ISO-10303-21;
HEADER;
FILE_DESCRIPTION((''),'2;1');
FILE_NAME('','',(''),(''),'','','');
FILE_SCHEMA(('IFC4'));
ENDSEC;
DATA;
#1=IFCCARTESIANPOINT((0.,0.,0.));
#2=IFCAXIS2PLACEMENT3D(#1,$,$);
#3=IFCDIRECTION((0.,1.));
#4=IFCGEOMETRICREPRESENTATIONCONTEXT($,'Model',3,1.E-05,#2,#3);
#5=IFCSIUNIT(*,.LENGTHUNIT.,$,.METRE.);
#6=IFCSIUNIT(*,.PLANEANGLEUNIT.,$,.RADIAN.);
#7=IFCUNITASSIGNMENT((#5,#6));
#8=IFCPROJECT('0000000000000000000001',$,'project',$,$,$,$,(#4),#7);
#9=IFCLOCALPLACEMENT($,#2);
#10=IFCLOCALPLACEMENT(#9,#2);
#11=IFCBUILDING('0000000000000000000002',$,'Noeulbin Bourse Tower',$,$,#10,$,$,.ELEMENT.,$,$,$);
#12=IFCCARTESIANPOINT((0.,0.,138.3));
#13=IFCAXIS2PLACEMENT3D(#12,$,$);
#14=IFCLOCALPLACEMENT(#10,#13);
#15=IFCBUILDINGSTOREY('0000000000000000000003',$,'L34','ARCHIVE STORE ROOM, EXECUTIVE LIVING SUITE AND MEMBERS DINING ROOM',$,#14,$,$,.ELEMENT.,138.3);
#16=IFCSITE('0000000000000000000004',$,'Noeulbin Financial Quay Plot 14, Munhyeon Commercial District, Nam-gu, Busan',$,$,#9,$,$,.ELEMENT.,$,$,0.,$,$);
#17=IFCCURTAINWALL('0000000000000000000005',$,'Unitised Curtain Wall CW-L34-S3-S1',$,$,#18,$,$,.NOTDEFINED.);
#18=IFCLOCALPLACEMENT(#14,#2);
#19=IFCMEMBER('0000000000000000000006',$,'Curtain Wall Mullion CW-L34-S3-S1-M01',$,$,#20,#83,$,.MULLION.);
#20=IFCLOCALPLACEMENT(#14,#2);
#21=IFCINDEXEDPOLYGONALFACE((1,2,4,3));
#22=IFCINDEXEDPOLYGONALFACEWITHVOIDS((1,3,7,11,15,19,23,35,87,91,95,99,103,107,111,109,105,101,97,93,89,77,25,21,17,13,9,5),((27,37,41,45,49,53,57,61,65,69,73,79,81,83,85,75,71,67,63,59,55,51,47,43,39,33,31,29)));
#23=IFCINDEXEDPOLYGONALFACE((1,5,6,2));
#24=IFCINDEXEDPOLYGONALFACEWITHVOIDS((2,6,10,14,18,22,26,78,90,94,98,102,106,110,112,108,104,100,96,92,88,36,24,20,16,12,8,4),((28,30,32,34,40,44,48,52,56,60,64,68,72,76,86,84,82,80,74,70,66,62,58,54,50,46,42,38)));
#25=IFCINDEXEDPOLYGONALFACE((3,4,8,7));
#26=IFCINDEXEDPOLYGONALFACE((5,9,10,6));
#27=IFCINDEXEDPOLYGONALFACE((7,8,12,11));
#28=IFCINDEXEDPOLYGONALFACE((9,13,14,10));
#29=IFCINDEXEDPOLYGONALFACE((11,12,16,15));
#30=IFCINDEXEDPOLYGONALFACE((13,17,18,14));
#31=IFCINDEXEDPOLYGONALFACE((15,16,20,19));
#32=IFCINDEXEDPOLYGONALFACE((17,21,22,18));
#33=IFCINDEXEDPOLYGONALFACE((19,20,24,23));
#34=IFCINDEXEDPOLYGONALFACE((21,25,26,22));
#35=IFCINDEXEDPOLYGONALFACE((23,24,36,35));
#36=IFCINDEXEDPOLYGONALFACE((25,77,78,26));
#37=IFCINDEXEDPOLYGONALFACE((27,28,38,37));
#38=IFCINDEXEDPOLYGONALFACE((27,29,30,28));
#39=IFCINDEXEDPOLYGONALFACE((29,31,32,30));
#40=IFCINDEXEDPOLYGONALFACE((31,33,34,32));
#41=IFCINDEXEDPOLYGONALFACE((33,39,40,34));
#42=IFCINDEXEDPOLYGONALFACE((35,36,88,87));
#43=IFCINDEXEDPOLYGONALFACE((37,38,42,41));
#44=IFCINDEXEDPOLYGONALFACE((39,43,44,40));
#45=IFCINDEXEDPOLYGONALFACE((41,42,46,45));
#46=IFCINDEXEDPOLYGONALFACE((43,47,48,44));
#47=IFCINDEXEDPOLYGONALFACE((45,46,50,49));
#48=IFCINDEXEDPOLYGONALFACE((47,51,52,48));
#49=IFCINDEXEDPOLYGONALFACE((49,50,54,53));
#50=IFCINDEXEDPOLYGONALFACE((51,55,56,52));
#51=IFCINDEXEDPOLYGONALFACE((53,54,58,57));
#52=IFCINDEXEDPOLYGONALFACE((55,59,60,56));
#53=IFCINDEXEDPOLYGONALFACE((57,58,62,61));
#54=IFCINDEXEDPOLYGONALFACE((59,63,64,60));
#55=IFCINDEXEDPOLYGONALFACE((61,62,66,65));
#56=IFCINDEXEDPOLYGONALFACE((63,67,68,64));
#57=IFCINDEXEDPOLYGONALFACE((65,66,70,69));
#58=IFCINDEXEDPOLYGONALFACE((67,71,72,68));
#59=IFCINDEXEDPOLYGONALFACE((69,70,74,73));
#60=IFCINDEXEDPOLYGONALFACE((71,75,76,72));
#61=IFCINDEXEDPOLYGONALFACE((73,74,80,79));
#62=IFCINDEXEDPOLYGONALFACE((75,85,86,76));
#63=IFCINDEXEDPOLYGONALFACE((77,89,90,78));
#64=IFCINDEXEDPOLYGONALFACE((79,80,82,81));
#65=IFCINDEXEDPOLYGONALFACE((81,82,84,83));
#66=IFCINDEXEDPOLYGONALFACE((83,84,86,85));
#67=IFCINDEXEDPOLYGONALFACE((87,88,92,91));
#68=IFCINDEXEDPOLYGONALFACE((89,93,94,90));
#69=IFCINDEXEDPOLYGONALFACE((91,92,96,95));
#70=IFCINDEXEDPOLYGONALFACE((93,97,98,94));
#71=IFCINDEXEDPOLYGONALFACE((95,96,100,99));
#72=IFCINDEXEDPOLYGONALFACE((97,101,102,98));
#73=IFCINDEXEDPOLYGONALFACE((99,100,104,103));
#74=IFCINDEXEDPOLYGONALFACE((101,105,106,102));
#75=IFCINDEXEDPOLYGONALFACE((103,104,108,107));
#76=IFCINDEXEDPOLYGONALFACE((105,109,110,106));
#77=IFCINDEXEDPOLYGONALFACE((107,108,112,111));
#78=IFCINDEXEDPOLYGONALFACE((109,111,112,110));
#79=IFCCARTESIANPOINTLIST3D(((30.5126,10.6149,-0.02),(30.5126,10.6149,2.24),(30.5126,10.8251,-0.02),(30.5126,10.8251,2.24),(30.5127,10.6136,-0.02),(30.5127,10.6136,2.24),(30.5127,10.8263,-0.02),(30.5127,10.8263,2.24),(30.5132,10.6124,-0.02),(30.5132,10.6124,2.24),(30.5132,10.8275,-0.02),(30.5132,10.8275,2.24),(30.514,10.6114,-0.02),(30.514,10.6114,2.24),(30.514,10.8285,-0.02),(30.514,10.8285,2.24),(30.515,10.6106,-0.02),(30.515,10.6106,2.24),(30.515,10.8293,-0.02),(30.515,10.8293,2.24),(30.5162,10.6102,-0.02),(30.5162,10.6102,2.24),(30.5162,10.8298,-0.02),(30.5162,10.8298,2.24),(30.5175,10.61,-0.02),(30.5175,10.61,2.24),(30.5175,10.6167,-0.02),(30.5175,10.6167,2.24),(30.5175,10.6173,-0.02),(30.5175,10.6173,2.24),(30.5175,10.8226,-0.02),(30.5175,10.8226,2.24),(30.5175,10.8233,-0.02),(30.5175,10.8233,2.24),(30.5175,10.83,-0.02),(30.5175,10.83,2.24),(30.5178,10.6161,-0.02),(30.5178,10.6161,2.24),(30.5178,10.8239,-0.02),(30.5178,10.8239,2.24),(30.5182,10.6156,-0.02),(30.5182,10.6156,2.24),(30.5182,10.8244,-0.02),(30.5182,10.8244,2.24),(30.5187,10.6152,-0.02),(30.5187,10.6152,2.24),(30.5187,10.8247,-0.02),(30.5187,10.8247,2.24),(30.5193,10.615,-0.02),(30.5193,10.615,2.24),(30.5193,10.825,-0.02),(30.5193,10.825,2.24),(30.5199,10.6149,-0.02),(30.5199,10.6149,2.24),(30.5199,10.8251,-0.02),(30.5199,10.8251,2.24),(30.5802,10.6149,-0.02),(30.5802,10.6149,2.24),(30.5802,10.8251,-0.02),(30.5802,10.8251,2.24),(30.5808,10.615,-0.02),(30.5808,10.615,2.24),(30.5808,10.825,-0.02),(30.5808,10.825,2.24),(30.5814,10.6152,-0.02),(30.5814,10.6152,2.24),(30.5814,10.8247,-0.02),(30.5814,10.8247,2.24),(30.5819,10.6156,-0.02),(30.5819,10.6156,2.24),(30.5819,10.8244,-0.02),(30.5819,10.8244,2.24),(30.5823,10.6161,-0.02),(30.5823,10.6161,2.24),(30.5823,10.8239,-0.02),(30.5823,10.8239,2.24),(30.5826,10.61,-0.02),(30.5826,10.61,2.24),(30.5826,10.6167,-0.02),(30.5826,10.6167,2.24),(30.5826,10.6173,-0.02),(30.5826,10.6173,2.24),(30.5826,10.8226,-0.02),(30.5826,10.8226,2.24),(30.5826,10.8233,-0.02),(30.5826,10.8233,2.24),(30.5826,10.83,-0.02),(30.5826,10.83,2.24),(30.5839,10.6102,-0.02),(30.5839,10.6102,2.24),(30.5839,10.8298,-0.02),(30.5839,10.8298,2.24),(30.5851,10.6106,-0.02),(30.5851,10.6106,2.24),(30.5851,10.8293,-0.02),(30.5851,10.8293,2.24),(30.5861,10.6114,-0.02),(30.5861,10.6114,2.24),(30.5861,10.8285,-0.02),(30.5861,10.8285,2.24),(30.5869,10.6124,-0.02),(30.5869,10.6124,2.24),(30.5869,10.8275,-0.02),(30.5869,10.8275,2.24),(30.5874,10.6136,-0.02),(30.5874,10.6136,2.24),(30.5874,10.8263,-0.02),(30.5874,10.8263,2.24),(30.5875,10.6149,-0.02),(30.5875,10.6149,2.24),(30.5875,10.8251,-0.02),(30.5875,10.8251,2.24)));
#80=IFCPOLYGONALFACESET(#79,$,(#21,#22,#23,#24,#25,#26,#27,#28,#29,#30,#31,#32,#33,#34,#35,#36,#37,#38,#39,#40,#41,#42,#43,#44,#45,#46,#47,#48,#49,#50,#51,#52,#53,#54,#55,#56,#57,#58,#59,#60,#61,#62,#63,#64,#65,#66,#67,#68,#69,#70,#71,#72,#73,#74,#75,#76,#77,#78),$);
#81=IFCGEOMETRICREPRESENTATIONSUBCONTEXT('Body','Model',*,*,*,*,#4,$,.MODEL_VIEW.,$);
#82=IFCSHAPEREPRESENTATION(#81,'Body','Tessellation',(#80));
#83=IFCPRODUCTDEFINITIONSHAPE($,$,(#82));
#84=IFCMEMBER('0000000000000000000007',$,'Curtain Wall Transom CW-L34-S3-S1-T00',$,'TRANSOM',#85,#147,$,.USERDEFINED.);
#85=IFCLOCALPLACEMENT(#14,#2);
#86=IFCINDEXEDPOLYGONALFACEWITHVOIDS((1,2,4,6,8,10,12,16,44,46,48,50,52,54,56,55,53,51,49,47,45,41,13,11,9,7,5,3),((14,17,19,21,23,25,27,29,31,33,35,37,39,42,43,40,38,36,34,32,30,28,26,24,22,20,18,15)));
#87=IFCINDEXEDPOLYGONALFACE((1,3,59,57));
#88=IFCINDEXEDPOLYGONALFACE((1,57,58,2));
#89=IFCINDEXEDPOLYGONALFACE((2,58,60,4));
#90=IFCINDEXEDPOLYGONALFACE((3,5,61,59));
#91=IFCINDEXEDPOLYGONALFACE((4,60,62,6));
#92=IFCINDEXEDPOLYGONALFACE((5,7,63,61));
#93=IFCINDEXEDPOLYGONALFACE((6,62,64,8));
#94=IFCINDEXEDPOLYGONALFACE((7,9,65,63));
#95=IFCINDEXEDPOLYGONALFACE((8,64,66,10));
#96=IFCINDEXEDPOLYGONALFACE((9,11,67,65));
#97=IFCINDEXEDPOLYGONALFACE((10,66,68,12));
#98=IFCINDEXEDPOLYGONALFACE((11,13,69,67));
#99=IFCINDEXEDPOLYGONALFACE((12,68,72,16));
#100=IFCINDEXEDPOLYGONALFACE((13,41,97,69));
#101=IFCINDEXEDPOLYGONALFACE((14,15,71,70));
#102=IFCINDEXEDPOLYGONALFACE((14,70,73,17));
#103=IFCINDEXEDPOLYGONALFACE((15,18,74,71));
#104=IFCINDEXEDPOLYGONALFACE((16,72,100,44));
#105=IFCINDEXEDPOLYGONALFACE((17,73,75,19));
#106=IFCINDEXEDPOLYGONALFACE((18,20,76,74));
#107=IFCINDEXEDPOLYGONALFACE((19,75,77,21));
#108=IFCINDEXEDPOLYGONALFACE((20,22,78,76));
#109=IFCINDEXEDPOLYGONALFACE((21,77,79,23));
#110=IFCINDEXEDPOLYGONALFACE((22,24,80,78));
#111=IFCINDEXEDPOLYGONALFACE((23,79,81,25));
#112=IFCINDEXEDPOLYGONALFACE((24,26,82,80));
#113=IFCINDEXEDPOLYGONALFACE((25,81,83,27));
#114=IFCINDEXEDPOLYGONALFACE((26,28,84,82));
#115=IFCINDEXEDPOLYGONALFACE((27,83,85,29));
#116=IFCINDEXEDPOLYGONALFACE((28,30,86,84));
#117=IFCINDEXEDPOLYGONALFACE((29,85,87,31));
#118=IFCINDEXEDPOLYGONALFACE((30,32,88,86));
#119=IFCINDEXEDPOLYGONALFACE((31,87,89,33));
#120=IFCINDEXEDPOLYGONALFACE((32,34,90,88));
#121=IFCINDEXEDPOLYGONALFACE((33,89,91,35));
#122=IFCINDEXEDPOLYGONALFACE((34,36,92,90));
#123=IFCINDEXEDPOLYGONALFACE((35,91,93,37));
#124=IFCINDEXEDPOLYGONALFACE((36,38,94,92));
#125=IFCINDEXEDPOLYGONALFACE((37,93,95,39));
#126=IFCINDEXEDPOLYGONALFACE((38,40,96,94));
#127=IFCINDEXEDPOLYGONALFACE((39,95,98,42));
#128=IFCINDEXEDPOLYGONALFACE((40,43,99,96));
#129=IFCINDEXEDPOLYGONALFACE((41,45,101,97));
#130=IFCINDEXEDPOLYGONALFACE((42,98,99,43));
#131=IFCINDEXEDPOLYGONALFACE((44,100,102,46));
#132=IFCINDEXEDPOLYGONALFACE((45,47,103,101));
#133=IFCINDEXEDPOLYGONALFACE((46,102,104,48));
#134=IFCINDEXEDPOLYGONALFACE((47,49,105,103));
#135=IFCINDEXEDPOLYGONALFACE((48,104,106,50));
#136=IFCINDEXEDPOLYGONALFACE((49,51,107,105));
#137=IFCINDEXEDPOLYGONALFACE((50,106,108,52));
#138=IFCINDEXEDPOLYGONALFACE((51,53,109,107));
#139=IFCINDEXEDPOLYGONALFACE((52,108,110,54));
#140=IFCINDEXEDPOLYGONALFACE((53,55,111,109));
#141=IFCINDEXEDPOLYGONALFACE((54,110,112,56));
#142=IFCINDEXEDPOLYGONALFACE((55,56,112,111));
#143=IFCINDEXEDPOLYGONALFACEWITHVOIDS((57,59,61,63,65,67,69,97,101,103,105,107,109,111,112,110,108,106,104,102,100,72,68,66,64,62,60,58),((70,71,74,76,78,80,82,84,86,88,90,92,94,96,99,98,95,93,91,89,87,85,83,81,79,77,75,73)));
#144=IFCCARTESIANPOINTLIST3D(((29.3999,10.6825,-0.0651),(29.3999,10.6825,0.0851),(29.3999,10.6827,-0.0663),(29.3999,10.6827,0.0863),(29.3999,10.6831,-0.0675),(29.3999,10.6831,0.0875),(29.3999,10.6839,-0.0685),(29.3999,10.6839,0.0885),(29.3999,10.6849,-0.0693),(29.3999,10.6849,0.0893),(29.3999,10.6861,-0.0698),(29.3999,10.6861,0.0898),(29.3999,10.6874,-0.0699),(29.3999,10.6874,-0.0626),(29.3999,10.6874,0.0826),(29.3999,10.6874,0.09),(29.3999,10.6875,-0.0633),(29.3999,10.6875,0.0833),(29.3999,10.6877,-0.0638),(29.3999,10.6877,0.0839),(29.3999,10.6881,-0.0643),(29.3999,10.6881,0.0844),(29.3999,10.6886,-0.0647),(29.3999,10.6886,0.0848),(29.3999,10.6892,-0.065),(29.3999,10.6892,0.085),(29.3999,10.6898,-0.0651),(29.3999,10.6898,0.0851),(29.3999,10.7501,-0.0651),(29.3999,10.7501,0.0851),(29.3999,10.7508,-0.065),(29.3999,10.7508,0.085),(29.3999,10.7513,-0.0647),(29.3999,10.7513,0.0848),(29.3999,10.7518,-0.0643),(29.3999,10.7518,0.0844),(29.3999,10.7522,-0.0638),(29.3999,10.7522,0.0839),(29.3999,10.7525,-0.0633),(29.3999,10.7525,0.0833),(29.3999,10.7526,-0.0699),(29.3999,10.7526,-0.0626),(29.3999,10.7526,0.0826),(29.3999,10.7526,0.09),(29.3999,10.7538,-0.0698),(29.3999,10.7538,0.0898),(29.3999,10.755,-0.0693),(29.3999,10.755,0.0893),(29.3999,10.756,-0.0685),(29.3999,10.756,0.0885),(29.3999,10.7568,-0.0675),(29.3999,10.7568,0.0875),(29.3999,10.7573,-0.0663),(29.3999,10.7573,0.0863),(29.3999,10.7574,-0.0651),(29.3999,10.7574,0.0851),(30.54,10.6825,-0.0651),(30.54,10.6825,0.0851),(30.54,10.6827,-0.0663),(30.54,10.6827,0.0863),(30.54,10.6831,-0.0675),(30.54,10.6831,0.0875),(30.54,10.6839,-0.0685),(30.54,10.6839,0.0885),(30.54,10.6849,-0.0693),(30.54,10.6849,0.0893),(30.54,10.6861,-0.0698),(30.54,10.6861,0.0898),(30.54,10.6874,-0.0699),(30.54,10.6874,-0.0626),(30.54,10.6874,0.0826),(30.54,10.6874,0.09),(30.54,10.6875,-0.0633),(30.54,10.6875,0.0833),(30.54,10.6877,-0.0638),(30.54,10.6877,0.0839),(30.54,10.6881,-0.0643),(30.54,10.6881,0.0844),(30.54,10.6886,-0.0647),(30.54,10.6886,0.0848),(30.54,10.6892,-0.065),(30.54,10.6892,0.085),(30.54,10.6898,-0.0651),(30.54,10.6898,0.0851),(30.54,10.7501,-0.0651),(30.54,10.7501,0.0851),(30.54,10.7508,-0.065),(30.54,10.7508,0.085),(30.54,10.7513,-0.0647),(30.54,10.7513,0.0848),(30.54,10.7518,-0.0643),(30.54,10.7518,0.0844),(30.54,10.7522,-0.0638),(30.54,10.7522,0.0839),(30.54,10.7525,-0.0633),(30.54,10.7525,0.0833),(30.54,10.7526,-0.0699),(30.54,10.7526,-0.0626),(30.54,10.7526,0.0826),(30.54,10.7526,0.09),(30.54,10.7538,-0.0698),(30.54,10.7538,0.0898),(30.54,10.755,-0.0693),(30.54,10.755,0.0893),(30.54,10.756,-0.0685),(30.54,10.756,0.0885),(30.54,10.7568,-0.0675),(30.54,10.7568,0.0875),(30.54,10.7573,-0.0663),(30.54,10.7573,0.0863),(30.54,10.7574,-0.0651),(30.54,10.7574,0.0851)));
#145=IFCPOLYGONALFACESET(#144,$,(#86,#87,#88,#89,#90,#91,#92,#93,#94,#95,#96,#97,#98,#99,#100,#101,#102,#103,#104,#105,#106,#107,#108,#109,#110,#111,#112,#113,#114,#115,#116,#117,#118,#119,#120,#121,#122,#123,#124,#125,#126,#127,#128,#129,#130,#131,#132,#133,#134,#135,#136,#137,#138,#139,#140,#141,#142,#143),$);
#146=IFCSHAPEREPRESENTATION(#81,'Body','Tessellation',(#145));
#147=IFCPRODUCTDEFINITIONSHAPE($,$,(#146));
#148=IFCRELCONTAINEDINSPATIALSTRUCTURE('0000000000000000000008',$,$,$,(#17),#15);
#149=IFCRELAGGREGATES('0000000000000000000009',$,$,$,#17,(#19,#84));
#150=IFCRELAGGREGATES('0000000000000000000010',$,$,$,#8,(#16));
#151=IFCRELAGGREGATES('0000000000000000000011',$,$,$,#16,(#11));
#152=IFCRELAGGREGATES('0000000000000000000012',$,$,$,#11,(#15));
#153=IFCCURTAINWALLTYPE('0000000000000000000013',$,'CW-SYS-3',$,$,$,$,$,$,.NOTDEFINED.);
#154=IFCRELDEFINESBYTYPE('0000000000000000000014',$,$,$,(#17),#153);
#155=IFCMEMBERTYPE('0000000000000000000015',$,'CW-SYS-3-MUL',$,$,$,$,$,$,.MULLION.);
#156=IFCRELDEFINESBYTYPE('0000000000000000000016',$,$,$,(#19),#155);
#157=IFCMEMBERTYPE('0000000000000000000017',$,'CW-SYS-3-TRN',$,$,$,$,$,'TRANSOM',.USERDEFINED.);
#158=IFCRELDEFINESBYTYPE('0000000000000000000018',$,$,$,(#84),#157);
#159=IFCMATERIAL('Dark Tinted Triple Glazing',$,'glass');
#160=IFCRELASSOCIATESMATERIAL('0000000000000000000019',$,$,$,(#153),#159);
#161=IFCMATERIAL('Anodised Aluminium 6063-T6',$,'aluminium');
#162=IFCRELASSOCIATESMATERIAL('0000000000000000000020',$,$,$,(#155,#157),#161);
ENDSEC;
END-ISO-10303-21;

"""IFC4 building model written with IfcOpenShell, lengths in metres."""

from ifc_helpers import new_model, si_unit, direction, frame, origin, origin_2d, place, context, subcontext, project, spatial, hollow_rectangle, extrude, material, material_profile, profile_set, type_object, element, aggregate, save


model = new_model("IFC4")

# Units and contexts
model_context = context("Model", 3, precision=1e-05, world=origin(), true_north=direction((0.0, 1.0)))
body_context = subcontext(model_context, "Body", "Model", "MODEL_VIEW")
ifc_project = project(units=[si_unit("LENGTHUNIT", "METRE"), si_unit("PLANEANGLEUNIT", "RADIAN")], contexts=[model_context])

# Site, building, storey
site_placement = place(None, origin())
site = spatial("IfcSite", under=ifc_project, at=site_placement, Name="Noeulbin Financial Quay Plot 14, Munhyeon Commercial District, Nam-gu, Busan", CompositionType="ELEMENT", RefElevation=0.0)
building_placement = place(site_placement, origin())
building = spatial("IfcBuilding", under=site, at=building_placement, Name="Noeulbin Bourse Tower", CompositionType="ELEMENT")
storey_placement = place(building_placement, frame((0.0, 0.0, 138.3)))
storey = spatial("IfcBuildingStorey", under=building, at=storey_placement, Name="L34", Description="ARCHIVE STORE ROOM, EXECUTIVE LIVING SUITE AND MEMBERS DINING ROOM", CompositionType="ELEMENT", Elevation=138.3)

# Shared definitions
ifc_material_1 = material(Name="Dark Tinted Triple Glazing", Category="glass")
curtain_wall_type = type_object("IfcCurtainWallType", Name="CW-SYS-3", PredefinedType="NOTDEFINED", material=ifc_material_1)
ifc_material_2 = material(Name="Anodised Aluminium 6063-T6", Category="aluminium")
ifc_material_profile_1 = material_profile(ifc_material_2, hollow_rectangle(XDim=0.075, YDim=0.22, WallThickness=0.0049, InnerFilletRadius=0.0024, OuterFilletRadius=0.0049, at=origin_2d()), Name="ALU-MULL-75x220x5", Category="LoadBearing")
ifc_profile_set_1 = profile_set([ifc_material_profile_1], Name="Anodised Aluminium 6063-T6")
member_type_1 = type_object("IfcMemberType", Name="CW-SYS-3-MUL", PredefinedType="MULLION", material=ifc_profile_set_1)

# Curtain wall, members
curtain_wall_1_placement = place(storey_placement, origin())
curtain_wall_1 = element("IfcCurtainWall", 1, at=curtain_wall_1_placement, inside=storey, type_object=curtain_wall_type, Name="Unitised Curtain Wall CW-L34-S3-S1", PredefinedType="NOTDEFINED")
member_1_placement = place(storey_placement, frame((30.55, 10.72, -0.02), z_axis=(0.0, 0.0, 1.0), x_axis=(1.0, 0.0, 0.0)))
member_1 = element("IfcMember", 2, at=member_1_placement, type_object=member_type_1, Name="Curtain Wall Mullion CW-L34-S3-S1-M01", PredefinedType="MULLION", context=body_context, shape_type="SweptSolid", body=[
    extrude(hollow_rectangle(XDim=0.075, YDim=0.22, WallThickness=0.0049, InnerFilletRadius=0.0024, OuterFilletRadius=0.0049, at=origin_2d()), origin(), (0.0, 0.0, 1.0), 2.26),
])
ifc_material_profile_2 = material_profile(ifc_material_2, hollow_rectangle(XDim=0.075, YDim=0.1599, WallThickness=0.0049, InnerFilletRadius=0.0024, OuterFilletRadius=0.0049, at=origin_2d()), Name="ALU-TRAN-75x160x5", Category="LoadBearing")
ifc_profile_set_2 = profile_set([ifc_material_profile_2], Name="Anodised Aluminium 6063-T6")
member_type_2 = type_object("IfcMemberType", Name="CW-SYS-3-TRN", ElementType="TRANSOM", PredefinedType="USERDEFINED", material=ifc_profile_set_2)
member_2_placement = place(storey_placement, frame((29.3999, 10.72, 0.01), z_axis=(1.0, 0.0, 0.0), x_axis=(0.0, 1.0, 0.0)))
member_2 = element("IfcMember", 3, at=member_2_placement, type_object=member_type_2, Name="Curtain Wall Transom CW-L34-S3-S1-T00", ObjectType="TRANSOM", PredefinedType="USERDEFINED", context=body_context, shape_type="SweptSolid", body=[
    extrude(hollow_rectangle(XDim=0.075, YDim=0.1599, WallThickness=0.0049, InnerFilletRadius=0.0024, OuterFilletRadius=0.0049, at=origin_2d()), origin(), (0.0, 0.0, 1.0), 1.1401),
])

aggregate(curtain_wall_1, [member_1, member_2])

save(model, "model.ifc")
